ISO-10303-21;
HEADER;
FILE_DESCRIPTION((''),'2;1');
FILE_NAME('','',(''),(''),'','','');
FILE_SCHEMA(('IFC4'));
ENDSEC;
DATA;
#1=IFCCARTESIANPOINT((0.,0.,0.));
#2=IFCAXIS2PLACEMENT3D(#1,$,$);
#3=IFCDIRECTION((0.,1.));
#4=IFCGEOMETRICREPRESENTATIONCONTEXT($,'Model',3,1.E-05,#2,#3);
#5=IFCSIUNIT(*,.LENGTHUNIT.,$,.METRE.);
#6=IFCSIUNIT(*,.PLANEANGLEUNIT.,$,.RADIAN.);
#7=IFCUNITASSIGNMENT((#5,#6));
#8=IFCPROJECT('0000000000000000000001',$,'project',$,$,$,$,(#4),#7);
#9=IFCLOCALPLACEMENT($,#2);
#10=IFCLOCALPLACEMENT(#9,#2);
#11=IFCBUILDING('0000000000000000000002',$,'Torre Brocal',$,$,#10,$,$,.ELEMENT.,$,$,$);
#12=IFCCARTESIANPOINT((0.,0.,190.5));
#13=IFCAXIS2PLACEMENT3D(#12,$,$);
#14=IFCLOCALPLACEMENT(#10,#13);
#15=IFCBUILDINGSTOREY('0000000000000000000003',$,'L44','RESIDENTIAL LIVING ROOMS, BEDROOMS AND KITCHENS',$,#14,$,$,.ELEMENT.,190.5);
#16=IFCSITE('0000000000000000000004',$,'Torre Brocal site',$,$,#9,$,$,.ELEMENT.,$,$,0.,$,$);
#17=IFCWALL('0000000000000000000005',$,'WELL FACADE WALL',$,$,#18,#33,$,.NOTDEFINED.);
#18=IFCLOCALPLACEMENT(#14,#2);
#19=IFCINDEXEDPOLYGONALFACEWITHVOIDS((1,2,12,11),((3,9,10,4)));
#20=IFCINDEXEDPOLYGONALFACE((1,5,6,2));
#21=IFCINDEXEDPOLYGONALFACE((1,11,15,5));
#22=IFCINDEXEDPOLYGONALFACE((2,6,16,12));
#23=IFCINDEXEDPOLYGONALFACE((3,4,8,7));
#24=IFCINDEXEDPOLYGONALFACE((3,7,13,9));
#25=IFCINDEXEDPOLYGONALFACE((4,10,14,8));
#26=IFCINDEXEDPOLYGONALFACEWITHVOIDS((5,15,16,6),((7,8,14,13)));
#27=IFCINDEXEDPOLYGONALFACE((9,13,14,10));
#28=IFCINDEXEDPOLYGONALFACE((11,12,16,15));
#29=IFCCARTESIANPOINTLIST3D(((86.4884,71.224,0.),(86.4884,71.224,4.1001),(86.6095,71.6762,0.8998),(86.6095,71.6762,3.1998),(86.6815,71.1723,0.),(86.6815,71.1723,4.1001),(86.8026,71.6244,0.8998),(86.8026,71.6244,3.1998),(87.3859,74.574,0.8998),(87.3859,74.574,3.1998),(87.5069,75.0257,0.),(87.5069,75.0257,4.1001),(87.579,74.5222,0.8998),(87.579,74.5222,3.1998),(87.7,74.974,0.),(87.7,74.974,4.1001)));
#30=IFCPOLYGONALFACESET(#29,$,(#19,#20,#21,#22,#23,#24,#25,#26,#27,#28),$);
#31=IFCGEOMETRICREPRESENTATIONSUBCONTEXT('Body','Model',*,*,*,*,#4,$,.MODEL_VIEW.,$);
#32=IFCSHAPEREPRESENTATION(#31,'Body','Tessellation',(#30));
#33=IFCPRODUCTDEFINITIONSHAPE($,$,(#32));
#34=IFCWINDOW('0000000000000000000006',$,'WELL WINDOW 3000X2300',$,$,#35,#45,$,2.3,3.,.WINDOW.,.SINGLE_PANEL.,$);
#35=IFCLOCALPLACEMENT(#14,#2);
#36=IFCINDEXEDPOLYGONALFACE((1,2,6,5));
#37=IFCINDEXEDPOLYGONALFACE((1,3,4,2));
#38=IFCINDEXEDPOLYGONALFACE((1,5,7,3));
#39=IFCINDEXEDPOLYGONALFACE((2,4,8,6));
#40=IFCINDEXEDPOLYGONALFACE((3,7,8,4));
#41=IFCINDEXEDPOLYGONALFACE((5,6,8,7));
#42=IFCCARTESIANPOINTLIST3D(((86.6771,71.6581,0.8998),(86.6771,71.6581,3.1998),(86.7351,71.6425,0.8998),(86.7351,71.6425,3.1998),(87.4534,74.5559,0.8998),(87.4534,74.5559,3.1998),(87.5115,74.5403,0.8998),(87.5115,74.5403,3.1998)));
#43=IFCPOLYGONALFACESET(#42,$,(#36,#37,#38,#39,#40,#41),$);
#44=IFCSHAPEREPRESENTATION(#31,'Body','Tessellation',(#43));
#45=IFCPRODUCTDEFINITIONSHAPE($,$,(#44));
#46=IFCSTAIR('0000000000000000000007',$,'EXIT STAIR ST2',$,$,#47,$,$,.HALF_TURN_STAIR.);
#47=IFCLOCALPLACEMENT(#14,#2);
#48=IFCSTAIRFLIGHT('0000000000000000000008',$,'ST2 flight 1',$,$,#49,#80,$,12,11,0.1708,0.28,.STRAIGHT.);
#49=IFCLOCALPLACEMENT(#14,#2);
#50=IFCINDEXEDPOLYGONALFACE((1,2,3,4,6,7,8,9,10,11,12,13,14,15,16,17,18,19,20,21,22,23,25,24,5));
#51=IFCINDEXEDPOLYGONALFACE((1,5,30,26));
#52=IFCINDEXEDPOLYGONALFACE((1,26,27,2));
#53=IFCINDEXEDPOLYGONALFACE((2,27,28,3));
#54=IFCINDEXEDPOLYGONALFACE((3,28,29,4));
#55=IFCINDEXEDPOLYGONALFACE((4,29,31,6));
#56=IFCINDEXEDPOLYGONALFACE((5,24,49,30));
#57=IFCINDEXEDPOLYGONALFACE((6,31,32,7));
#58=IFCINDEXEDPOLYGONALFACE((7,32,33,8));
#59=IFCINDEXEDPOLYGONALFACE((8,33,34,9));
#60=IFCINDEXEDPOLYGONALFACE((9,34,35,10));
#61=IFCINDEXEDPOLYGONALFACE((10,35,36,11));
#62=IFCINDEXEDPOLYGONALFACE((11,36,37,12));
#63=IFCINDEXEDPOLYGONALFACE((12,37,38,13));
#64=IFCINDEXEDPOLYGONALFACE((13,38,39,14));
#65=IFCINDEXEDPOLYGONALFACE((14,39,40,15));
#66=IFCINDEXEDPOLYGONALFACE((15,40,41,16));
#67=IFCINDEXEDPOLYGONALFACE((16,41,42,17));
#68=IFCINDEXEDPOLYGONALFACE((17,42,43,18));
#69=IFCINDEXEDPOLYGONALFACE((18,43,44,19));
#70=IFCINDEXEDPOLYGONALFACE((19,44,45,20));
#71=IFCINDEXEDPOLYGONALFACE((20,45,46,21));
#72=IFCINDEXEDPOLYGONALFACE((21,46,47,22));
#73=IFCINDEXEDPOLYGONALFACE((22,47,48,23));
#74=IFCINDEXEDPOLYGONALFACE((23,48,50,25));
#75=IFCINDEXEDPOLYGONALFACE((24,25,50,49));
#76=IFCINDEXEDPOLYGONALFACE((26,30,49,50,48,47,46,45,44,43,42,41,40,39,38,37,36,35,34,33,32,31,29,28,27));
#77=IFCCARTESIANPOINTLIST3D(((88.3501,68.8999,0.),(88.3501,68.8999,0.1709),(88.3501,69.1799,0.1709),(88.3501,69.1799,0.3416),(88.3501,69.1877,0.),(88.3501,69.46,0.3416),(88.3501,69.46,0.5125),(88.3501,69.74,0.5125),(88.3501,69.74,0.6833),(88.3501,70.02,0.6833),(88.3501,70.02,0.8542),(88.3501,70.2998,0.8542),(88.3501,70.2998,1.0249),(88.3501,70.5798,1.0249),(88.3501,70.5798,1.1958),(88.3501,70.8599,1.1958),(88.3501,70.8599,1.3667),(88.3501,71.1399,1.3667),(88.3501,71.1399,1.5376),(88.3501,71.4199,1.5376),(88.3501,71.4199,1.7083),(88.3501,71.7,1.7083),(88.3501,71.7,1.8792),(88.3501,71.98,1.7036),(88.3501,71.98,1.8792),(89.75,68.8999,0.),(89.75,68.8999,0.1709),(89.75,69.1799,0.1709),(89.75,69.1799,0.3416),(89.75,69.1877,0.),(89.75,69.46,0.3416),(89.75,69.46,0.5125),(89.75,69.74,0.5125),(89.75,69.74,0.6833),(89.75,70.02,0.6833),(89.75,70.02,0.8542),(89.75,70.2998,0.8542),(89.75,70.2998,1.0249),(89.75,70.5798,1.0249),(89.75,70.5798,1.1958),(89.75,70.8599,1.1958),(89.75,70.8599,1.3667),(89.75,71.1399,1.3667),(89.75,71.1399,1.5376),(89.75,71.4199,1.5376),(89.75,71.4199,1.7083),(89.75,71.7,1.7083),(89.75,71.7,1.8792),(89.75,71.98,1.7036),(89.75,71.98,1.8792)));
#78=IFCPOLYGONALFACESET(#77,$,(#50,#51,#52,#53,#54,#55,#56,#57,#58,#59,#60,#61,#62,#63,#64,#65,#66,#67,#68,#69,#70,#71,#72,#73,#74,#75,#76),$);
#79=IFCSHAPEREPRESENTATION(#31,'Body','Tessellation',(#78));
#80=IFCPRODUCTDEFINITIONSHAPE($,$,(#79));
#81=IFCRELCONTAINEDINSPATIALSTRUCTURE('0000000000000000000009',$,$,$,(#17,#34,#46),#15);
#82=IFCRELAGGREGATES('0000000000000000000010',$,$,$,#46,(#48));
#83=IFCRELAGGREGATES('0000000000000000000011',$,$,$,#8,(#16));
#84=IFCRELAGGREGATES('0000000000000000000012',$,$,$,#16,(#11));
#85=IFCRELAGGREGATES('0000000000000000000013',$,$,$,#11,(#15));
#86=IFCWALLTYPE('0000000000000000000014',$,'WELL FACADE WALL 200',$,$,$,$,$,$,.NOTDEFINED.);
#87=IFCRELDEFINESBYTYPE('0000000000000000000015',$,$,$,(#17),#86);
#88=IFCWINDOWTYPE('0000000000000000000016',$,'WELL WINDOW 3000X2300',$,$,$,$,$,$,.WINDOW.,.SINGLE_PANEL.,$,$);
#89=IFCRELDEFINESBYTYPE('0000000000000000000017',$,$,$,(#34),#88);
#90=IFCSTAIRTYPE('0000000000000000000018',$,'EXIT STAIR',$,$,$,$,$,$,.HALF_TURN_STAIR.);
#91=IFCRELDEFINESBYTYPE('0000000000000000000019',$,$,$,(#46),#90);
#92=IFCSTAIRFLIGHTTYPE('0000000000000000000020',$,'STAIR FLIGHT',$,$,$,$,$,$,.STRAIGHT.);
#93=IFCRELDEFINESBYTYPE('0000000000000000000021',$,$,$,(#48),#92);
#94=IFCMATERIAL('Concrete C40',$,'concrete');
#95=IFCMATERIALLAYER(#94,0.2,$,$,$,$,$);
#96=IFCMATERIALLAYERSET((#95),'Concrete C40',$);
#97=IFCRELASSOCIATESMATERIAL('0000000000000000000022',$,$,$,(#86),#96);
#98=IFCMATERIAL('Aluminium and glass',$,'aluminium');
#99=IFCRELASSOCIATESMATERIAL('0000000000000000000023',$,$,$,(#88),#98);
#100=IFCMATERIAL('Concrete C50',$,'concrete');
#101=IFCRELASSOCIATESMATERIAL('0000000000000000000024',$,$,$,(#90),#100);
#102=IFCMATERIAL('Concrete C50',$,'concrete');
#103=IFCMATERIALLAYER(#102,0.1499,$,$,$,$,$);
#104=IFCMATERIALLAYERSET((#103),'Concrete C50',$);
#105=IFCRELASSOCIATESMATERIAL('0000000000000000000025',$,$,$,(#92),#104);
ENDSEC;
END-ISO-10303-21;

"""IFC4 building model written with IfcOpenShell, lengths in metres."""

from ifc_helpers import new_model, si_unit, direction, frame, frame_2d, origin, place, context, subcontext, project, spatial, polyline, rectangle, outline, extrude, material, layer, layer_set, type_object, element, fill, aggregate, save


model = new_model("IFC4")

# Units and contexts
model_context = context("Model", 3, precision=1e-05, world=origin(), true_north=direction((0.0, 1.0)))
body_context = subcontext(model_context, "Body", "Model", "MODEL_VIEW")
ifc_project = project(units=[si_unit("LENGTHUNIT", "METRE"), si_unit("PLANEANGLEUNIT", "RADIAN")], contexts=[model_context])

# Site, building, storey
site_placement = place(None, origin())
site = spatial("IfcSite", under=ifc_project, at=site_placement, Name="Torre Brocal site", CompositionType="ELEMENT", RefElevation=0.0)
building_placement = place(site_placement, origin())
building = spatial("IfcBuilding", under=site, at=building_placement, Name="Torre Brocal", CompositionType="ELEMENT")
storey_placement = place(building_placement, frame((0.0, 0.0, 190.5)))
storey = spatial("IfcBuildingStorey", under=building, at=storey_placement, Name="L44", Description="RESIDENTIAL LIVING ROOMS, BEDROOMS AND KITCHENS", CompositionType="ELEMENT", Elevation=190.5)

# Wall, opening, window
ifc_material_1 = material(Name="Concrete C40", Category="concrete")
ifc_layer_1 = layer(ifc_material_1, 0.2)
ifc_layer_set_1 = layer_set([ifc_layer_1], Name="Concrete C40")
wall_type_1 = type_object("IfcWallType", Name="WELL FACADE WALL 200", PredefinedType="NOTDEFINED", material=ifc_layer_set_1)
ifc_material_2 = material(Name="Aluminium and glass", Category="aluminium")
window_type = type_object("IfcWindowType", Name="WELL WINDOW 3000X2300", PartitioningType="SINGLE_PANEL", PredefinedType="WINDOW", material=ifc_material_2)
wall_1_placement = place(storey_placement, frame((86.585, 71.1982, 0.0), z_axis=(0.0, 0.0, 1.0), x_axis=(0.25879, 0.965934, 0.0)))
wall_1 = element("IfcWall", 1, at=wall_1_placement, inside=storey, type_object=wall_type_1, Name="WELL FACADE WALL", PredefinedType="NOTDEFINED", context=body_context, shape_type="SweptSolid", body=[
    extrude(rectangle(XDim=3.9358, YDim=0.2, at=frame_2d((1.9678, 0.0))), origin(), (0.0, 0.0, 1.0), 4.1001),
])
opening_1_placement = place(wall_1_placement, frame((0.468, 0.0, 0.8999)))
opening_1 = element("IfcOpeningElement", 2, at=opening_1_placement, cuts=wall_1, PredefinedType="OPENING", context=body_context, shape_type="SweptSolid", body=[
    extrude(rectangle(XDim=3.0, YDim=2.3, at=frame_2d((1.5, 1.1499))), frame((0.0, 0.1099, 0.0), z_axis=(0.0, -1.0, 0.0), x_axis=(1.0, 0.0, 0.0)), (0.0, 0.0, 1.0), 0.22),
])
window_1_placement = place(opening_1_placement, origin())
window_1 = element("IfcWindow", 3, at=window_1_placement, inside=storey, type_object=window_type, Name="WELL WINDOW 3000X2300", OverallHeight=2.3, OverallWidth=3.0, PartitioningType="SINGLE_PANEL", PredefinedType="WINDOW", context=body_context, shape_type="SweptSolid", body=[
    extrude(rectangle(XDim=3.0, YDim=2.3, at=frame_2d((1.5, 1.1499))), frame((0.0, 0.03, 0.0), z_axis=(0.0, -1.0, 0.0), x_axis=(1.0, 0.0, 0.0)), (0.0, 0.0, 1.0), 0.0601),
])
fill(opening_1, window_1)

# Stair, stair flight
ifc_material_3 = material(Name="Concrete C50", Category="concrete")
stair_type = type_object("IfcStairType", Name="EXIT STAIR", PredefinedType="HALF_TURN_STAIR", material=ifc_material_3)
stair_placement = place(storey_placement, origin())
stair = element("IfcStair", 4, at=stair_placement, inside=storey, type_object=stair_type, Name="EXIT STAIR ST2", PredefinedType="HALF_TURN_STAIR")
ifc_material_4 = material(Name="Concrete C50", Category="concrete")
ifc_layer_2 = layer(ifc_material_4, 0.1499)
ifc_layer_set_2 = layer_set([ifc_layer_2], Name="Concrete C50")
stair_flight_type = type_object("IfcStairFlightType", Name="STAIR FLIGHT", PredefinedType="STRAIGHT", material=ifc_layer_set_2)
stair_flight_placement = place(storey_placement, frame((89.05, 68.8999, 0.0), z_axis=(0.0, 0.0, 1.0), x_axis=(0.0, 1.0, 0.0)))
stair_flight = element("IfcStairFlight", 5, at=stair_flight_placement, type_object=stair_flight_type, Name="ST2 flight 1", NumberOfRisers=12, NumberOfTreads=11, PredefinedType="STRAIGHT", RiserHeight=0.1708, TreadLength=0.28, context=body_context, shape_type="SweptSolid", body=[
    extrude(outline(polyline([(0.0, 0.0), (0.0, 0.1709), (0.28, 0.1709), (0.28, 0.3416), (0.5601, 0.3416), (0.5601, 0.5125), (0.8401, 0.5125), (0.8401, 0.6833), (1.1201, 0.6833), (1.1201, 0.8542), (1.3999, 0.8542), (1.3999, 1.0249), (1.6799, 1.0249), (1.6799, 1.1958), (1.96, 1.1958), (1.96, 1.3667), (2.24, 1.3667), (2.24, 1.5376), (2.52, 1.5376), (2.52, 1.7083), (2.8, 1.7083), (2.8, 1.8792), (3.0801, 1.8792), (3.0801, 2.05), (3.0801, 1.7036), (0.2878, 0.0), (0.0, 0.0)])), frame((0.0, 0.7, 0.0), z_axis=(0.0, -1.0, 0.0), x_axis=(1.0, 0.0, 0.0)), (0.0, 0.0, 1.0), 1.3999),
])
aggregate(stair, [stair_flight])

save(model, "model.ifc")
